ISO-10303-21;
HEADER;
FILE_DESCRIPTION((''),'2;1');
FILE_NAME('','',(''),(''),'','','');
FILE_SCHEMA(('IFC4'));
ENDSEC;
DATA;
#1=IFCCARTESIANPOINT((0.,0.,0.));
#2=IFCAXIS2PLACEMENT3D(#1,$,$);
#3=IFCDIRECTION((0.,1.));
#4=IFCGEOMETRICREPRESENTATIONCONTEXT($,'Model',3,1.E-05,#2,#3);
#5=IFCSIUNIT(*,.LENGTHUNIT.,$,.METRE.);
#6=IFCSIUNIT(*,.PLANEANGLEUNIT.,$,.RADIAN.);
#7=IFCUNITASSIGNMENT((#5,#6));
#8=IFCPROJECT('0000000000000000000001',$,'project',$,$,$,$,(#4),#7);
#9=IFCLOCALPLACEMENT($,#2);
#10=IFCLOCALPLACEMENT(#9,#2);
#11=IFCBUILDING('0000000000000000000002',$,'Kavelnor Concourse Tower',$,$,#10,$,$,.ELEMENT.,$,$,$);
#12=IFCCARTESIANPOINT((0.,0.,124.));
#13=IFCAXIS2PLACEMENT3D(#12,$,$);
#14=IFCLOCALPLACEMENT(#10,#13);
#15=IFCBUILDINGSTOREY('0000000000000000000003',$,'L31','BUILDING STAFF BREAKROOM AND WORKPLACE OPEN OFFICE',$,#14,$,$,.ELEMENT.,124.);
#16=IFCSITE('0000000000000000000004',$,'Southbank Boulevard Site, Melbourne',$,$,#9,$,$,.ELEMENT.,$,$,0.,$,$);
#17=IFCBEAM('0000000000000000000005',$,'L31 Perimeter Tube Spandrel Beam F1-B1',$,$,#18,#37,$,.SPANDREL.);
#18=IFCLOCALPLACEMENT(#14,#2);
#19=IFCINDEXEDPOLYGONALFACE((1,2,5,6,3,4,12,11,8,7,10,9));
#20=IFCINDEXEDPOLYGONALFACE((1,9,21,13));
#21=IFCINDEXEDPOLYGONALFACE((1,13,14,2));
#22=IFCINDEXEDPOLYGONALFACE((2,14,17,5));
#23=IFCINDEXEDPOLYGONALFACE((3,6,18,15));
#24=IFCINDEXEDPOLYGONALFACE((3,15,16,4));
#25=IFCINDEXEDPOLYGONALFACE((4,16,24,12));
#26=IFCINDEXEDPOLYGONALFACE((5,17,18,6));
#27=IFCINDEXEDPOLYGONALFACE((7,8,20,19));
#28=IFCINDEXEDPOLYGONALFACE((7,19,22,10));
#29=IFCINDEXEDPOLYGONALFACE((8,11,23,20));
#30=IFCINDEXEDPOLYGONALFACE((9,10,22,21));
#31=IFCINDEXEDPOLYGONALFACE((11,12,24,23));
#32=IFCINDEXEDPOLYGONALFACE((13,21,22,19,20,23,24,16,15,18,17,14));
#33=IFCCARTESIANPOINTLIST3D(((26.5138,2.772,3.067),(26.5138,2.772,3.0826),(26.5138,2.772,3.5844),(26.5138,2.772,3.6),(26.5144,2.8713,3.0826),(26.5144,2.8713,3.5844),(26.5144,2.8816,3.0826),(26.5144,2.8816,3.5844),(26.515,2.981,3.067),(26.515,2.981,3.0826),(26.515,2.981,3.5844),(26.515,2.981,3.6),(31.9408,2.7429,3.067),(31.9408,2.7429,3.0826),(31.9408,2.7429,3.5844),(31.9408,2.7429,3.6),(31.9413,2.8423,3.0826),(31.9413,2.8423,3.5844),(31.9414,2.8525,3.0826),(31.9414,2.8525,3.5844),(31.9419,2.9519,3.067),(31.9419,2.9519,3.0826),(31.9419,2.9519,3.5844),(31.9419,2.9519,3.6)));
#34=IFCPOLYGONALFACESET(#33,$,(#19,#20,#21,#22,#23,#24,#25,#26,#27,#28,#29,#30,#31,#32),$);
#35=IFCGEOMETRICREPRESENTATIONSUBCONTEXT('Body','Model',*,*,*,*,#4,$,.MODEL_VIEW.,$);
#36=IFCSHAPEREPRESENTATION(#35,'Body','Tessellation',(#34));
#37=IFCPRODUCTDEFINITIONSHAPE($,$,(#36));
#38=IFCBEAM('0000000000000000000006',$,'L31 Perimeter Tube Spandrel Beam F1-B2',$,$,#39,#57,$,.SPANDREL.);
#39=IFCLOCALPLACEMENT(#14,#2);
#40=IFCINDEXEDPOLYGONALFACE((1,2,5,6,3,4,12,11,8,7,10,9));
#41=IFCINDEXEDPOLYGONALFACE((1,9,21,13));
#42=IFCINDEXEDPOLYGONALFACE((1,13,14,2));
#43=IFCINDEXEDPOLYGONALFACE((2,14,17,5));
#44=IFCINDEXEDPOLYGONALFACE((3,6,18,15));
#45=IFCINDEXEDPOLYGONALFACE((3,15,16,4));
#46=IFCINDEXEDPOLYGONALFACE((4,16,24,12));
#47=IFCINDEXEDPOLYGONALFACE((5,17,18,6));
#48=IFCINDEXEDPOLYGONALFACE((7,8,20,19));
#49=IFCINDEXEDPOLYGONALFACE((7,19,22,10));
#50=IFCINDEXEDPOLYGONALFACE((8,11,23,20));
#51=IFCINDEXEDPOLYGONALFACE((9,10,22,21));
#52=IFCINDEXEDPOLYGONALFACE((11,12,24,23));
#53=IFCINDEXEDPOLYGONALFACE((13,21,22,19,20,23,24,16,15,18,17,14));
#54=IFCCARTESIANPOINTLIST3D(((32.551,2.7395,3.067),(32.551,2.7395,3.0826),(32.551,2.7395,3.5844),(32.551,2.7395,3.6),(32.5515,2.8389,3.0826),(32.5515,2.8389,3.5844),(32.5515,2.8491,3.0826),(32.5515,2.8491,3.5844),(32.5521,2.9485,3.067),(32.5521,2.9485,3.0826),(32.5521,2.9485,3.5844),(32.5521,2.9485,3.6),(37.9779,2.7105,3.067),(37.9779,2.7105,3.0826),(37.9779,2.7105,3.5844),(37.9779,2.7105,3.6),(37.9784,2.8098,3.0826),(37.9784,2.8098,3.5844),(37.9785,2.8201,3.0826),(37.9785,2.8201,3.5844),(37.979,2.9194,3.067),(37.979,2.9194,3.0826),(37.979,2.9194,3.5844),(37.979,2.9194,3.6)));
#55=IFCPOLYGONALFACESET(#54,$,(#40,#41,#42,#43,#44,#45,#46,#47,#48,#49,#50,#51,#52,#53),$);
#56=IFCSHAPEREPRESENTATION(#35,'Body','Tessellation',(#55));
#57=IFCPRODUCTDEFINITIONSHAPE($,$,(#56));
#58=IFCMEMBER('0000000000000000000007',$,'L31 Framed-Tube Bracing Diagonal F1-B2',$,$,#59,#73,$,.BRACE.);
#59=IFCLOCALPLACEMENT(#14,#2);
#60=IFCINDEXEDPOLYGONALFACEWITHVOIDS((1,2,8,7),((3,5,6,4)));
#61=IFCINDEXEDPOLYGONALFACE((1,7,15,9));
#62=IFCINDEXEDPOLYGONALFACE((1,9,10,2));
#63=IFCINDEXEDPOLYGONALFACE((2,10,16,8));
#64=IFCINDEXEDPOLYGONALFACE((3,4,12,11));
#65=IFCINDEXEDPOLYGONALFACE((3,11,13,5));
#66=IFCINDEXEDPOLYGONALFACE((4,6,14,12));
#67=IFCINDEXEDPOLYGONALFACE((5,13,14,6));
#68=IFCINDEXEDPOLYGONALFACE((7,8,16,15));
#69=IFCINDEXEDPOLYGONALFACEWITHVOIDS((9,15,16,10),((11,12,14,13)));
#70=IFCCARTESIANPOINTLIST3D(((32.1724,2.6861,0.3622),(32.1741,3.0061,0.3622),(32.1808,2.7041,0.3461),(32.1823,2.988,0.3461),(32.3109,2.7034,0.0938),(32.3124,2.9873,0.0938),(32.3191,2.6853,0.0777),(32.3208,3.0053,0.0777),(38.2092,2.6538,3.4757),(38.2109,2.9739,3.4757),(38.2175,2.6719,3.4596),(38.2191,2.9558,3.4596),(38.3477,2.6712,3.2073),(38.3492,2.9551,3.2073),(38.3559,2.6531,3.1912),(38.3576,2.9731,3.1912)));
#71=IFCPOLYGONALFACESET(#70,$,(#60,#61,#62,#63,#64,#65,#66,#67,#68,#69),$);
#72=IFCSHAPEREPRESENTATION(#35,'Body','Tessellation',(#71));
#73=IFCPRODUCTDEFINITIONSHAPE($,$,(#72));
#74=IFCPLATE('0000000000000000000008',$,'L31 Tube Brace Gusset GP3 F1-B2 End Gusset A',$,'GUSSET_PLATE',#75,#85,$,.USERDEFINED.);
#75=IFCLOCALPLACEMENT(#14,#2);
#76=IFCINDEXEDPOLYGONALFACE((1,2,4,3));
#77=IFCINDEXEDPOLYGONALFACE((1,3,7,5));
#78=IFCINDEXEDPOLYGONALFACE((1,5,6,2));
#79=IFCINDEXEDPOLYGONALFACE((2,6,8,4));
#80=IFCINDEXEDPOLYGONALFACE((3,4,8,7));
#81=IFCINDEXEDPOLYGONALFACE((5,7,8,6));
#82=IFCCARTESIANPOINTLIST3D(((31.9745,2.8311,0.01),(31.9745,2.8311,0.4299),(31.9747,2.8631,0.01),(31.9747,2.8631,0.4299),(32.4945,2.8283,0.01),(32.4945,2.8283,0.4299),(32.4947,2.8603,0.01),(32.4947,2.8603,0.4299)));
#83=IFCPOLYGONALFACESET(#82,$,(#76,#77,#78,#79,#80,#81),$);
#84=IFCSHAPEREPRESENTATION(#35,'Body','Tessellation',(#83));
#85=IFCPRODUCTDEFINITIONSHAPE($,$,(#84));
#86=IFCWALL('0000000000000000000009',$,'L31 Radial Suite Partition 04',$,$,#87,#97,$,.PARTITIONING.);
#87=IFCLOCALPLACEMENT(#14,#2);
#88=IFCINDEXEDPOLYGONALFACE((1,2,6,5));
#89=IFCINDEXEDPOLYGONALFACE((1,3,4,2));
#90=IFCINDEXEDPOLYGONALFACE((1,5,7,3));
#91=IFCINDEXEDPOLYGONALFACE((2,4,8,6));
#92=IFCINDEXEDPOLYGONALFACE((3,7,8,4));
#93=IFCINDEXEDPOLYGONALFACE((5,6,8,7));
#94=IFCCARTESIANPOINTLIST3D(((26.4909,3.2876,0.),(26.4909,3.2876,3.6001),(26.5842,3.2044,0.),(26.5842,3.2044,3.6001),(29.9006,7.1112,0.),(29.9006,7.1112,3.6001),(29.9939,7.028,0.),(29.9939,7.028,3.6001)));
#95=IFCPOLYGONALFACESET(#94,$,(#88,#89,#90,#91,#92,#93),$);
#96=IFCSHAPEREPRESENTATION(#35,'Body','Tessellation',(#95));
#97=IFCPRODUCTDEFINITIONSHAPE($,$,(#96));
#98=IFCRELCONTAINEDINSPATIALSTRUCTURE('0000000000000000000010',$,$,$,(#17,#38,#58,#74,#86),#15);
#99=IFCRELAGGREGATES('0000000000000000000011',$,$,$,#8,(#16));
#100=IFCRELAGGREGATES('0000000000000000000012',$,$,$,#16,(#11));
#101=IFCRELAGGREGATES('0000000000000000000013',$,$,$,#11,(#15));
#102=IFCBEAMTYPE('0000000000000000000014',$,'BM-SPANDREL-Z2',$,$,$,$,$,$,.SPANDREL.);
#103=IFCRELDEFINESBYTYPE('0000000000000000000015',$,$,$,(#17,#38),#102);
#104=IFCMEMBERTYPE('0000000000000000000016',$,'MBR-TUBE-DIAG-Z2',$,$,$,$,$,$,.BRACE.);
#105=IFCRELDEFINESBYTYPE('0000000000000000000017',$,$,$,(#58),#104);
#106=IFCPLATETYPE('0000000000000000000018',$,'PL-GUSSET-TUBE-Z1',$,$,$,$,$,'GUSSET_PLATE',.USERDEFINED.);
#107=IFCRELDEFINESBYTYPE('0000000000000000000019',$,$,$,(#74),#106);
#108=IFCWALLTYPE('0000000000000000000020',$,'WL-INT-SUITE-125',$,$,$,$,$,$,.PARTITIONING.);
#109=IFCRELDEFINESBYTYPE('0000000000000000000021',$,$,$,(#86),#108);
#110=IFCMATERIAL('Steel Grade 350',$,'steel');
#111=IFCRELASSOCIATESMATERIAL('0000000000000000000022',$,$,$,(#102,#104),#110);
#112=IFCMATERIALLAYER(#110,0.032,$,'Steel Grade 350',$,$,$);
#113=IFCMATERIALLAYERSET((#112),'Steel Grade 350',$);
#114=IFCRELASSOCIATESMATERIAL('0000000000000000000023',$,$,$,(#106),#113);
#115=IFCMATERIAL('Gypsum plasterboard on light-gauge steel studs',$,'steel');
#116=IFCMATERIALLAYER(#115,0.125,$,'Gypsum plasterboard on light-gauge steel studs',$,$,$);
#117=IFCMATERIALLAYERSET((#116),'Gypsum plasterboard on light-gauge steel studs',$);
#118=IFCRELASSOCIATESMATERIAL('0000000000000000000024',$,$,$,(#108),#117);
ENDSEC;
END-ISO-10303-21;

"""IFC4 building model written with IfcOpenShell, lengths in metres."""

from ifc_helpers import new_model, si_unit, direction, frame, frame_2d, origin, origin_2d, place, context, subcontext, project, spatial, rectangle, hollow_rectangle, i_section, extrude, material, layer, layer_set, material_profile, profile_set, type_object, element, save


model = new_model("IFC4")

# Units and contexts
model_context = context("Model", 3, precision=1e-05, world=origin(), true_north=direction((0.0, 1.0)))
body_context = subcontext(model_context, "Body", "Model", "MODEL_VIEW")
ifc_project = project(units=[si_unit("LENGTHUNIT", "METRE"), si_unit("PLANEANGLEUNIT", "RADIAN")], contexts=[model_context])

# Site, building, storey
site_placement = place(None, origin())
site = spatial("IfcSite", under=ifc_project, at=site_placement, Name="Southbank Boulevard Site, Melbourne", CompositionType="ELEMENT", RefElevation=0.0)
building_placement = place(site_placement, origin())
building = spatial("IfcBuilding", under=site, at=building_placement, Name="Kavelnor Concourse Tower", CompositionType="ELEMENT")
storey_placement = place(building_placement, frame((0.0, 0.0, 124.0)))
storey = spatial("IfcBuildingStorey", under=building, at=storey_placement, Name="L31", Description="BUILDING STAFF BREAKROOM AND WORKPLACE OPEN OFFICE", CompositionType="ELEMENT", Elevation=124.0)

# Shared definitions
ifc_material_1 = material(Name="Steel Grade 350", Category="steel")

# Beams
ifc_material_profile_1 = material_profile(ifc_material_1, i_section(OverallWidth=0.209, OverallDepth=0.533, WebThickness=0.0103, FlangeThickness=0.0156, at=origin_2d()), Name="530UB92")
ifc_profile_set_1 = profile_set([ifc_material_profile_1], Name="Steel Grade 350")
beam_type_1 = type_object("IfcBeamType", Name="BM-SPANDREL-Z2", PredefinedType="SPANDREL", material=ifc_profile_set_1)
for number, where, z_axis, x_axis, name in (
    (1, (26.5144, 2.8765, 3.3335), (0.999986, -0.005353, 0.0), (0.005353, 0.999986, 0.0), "L31 Perimeter Tube Spandrel Beam F1-B1"),
    (2, (32.5515, 2.844, 3.3335), (0.999986, -0.005353, 0.0), (0.005353, 0.999986, 0.0), "L31 Perimeter Tube Spandrel Beam F1-B2"),
):
    element("IfcBeam", number, at=place(storey_placement, frame(where, z_axis=z_axis, x_axis=x_axis)), inside=storey, type_object=beam_type_1, Name=name, PredefinedType="SPANDREL", context=body_context, shape_type="SweptSolid", body=[
        extrude(i_section(OverallWidth=0.209, OverallDepth=0.533, WebThickness=0.0103, FlangeThickness=0.0156, at=origin_2d()), origin(), (0.0, 0.0, 1.0), 5.427),
    ])

# Member
ifc_material_profile_2 = material_profile(ifc_material_1, hollow_rectangle(XDim=0.3201, YDim=0.3201, WallThickness=0.0181, at=origin_2d()), Name="SHS 320x320x18")
ifc_profile_set_2 = profile_set([ifc_material_profile_2], Name="Steel Grade 350")
member_type = type_object("IfcMemberType", Name="MBR-TUBE-DIAG-Z2", PredefinedType="BRACE", material=ifc_profile_set_2)
member_placement = place(storey_placement, frame((32.2466, 2.8457, 0.22), z_axis=(0.888747, -0.004744, 0.458373), x_axis=(0.005338, 0.999986, 0.0)))
element("IfcMember", 3, at=member_placement, inside=storey, type_object=member_type, Name="L31 Framed-Tube Bracing Diagonal F1-B2", PredefinedType="BRACE", context=body_context, shape_type="SweptSolid", body=[
    extrude(hollow_rectangle(XDim=0.3201, YDim=0.3201, WallThickness=0.0181, at=origin_2d()), origin(), (0.0, 0.0, 1.0), 6.7925),
])

# Plate
ifc_layer_1 = layer(ifc_material_1, 0.032, Name="Steel Grade 350")
ifc_layer_set_1 = layer_set([ifc_layer_1], Name="Steel Grade 350")
plate_type = type_object("IfcPlateType", Name="PL-GUSSET-TUBE-Z1", ElementType="GUSSET_PLATE", PredefinedType="USERDEFINED", material=ifc_layer_set_1)
plate_placement = place(storey_placement, frame((32.2346, 2.8457, 0.01), z_axis=(0.0, 0.0, 1.0), x_axis=(0.999985, -0.00541, 0.0)))
element("IfcPlate", 4, at=plate_placement, inside=storey, type_object=plate_type, Name="L31 Tube Brace Gusset GP3 F1-B2 End Gusset A", ObjectType="GUSSET_PLATE", PredefinedType="USERDEFINED", context=body_context, shape_type="SweptSolid", body=[
    extrude(rectangle(XDim=0.52, YDim=0.032, at=origin_2d()), origin(), (0.0, 0.0, 1.0), 0.4199),
])

# Wall
ifc_material_2 = material(Name="Gypsum plasterboard on light-gauge steel studs", Category="steel")
ifc_layer_2 = layer(ifc_material_2, 0.125, Name="Gypsum plasterboard on light-gauge steel studs")
ifc_layer_set_2 = layer_set([ifc_layer_2], Name="Gypsum plasterboard on light-gauge steel studs")
wall_type = type_object("IfcWallType", Name="WL-INT-SUITE-125", PredefinedType="PARTITIONING", material=ifc_layer_set_2)
wall_placement = place(storey_placement, frame((29.9473, 7.0696, 0.0), z_axis=(0.0, 0.0, 1.0), x_axis=(-0.665564, -0.746341, 0.0)))
element("IfcWall", 5, at=wall_placement, inside=storey, type_object=wall_type, Name="L31 Radial Suite Partition 04", PredefinedType="PARTITIONING", context=body_context, shape_type="SweptSolid", body=[
    extrude(rectangle(XDim=5.123, YDim=0.125, at=frame_2d((2.5615, 0.0))), origin(), (0.0, 0.0, 1.0), 3.6001),
])

save(model, "model.ifc")
